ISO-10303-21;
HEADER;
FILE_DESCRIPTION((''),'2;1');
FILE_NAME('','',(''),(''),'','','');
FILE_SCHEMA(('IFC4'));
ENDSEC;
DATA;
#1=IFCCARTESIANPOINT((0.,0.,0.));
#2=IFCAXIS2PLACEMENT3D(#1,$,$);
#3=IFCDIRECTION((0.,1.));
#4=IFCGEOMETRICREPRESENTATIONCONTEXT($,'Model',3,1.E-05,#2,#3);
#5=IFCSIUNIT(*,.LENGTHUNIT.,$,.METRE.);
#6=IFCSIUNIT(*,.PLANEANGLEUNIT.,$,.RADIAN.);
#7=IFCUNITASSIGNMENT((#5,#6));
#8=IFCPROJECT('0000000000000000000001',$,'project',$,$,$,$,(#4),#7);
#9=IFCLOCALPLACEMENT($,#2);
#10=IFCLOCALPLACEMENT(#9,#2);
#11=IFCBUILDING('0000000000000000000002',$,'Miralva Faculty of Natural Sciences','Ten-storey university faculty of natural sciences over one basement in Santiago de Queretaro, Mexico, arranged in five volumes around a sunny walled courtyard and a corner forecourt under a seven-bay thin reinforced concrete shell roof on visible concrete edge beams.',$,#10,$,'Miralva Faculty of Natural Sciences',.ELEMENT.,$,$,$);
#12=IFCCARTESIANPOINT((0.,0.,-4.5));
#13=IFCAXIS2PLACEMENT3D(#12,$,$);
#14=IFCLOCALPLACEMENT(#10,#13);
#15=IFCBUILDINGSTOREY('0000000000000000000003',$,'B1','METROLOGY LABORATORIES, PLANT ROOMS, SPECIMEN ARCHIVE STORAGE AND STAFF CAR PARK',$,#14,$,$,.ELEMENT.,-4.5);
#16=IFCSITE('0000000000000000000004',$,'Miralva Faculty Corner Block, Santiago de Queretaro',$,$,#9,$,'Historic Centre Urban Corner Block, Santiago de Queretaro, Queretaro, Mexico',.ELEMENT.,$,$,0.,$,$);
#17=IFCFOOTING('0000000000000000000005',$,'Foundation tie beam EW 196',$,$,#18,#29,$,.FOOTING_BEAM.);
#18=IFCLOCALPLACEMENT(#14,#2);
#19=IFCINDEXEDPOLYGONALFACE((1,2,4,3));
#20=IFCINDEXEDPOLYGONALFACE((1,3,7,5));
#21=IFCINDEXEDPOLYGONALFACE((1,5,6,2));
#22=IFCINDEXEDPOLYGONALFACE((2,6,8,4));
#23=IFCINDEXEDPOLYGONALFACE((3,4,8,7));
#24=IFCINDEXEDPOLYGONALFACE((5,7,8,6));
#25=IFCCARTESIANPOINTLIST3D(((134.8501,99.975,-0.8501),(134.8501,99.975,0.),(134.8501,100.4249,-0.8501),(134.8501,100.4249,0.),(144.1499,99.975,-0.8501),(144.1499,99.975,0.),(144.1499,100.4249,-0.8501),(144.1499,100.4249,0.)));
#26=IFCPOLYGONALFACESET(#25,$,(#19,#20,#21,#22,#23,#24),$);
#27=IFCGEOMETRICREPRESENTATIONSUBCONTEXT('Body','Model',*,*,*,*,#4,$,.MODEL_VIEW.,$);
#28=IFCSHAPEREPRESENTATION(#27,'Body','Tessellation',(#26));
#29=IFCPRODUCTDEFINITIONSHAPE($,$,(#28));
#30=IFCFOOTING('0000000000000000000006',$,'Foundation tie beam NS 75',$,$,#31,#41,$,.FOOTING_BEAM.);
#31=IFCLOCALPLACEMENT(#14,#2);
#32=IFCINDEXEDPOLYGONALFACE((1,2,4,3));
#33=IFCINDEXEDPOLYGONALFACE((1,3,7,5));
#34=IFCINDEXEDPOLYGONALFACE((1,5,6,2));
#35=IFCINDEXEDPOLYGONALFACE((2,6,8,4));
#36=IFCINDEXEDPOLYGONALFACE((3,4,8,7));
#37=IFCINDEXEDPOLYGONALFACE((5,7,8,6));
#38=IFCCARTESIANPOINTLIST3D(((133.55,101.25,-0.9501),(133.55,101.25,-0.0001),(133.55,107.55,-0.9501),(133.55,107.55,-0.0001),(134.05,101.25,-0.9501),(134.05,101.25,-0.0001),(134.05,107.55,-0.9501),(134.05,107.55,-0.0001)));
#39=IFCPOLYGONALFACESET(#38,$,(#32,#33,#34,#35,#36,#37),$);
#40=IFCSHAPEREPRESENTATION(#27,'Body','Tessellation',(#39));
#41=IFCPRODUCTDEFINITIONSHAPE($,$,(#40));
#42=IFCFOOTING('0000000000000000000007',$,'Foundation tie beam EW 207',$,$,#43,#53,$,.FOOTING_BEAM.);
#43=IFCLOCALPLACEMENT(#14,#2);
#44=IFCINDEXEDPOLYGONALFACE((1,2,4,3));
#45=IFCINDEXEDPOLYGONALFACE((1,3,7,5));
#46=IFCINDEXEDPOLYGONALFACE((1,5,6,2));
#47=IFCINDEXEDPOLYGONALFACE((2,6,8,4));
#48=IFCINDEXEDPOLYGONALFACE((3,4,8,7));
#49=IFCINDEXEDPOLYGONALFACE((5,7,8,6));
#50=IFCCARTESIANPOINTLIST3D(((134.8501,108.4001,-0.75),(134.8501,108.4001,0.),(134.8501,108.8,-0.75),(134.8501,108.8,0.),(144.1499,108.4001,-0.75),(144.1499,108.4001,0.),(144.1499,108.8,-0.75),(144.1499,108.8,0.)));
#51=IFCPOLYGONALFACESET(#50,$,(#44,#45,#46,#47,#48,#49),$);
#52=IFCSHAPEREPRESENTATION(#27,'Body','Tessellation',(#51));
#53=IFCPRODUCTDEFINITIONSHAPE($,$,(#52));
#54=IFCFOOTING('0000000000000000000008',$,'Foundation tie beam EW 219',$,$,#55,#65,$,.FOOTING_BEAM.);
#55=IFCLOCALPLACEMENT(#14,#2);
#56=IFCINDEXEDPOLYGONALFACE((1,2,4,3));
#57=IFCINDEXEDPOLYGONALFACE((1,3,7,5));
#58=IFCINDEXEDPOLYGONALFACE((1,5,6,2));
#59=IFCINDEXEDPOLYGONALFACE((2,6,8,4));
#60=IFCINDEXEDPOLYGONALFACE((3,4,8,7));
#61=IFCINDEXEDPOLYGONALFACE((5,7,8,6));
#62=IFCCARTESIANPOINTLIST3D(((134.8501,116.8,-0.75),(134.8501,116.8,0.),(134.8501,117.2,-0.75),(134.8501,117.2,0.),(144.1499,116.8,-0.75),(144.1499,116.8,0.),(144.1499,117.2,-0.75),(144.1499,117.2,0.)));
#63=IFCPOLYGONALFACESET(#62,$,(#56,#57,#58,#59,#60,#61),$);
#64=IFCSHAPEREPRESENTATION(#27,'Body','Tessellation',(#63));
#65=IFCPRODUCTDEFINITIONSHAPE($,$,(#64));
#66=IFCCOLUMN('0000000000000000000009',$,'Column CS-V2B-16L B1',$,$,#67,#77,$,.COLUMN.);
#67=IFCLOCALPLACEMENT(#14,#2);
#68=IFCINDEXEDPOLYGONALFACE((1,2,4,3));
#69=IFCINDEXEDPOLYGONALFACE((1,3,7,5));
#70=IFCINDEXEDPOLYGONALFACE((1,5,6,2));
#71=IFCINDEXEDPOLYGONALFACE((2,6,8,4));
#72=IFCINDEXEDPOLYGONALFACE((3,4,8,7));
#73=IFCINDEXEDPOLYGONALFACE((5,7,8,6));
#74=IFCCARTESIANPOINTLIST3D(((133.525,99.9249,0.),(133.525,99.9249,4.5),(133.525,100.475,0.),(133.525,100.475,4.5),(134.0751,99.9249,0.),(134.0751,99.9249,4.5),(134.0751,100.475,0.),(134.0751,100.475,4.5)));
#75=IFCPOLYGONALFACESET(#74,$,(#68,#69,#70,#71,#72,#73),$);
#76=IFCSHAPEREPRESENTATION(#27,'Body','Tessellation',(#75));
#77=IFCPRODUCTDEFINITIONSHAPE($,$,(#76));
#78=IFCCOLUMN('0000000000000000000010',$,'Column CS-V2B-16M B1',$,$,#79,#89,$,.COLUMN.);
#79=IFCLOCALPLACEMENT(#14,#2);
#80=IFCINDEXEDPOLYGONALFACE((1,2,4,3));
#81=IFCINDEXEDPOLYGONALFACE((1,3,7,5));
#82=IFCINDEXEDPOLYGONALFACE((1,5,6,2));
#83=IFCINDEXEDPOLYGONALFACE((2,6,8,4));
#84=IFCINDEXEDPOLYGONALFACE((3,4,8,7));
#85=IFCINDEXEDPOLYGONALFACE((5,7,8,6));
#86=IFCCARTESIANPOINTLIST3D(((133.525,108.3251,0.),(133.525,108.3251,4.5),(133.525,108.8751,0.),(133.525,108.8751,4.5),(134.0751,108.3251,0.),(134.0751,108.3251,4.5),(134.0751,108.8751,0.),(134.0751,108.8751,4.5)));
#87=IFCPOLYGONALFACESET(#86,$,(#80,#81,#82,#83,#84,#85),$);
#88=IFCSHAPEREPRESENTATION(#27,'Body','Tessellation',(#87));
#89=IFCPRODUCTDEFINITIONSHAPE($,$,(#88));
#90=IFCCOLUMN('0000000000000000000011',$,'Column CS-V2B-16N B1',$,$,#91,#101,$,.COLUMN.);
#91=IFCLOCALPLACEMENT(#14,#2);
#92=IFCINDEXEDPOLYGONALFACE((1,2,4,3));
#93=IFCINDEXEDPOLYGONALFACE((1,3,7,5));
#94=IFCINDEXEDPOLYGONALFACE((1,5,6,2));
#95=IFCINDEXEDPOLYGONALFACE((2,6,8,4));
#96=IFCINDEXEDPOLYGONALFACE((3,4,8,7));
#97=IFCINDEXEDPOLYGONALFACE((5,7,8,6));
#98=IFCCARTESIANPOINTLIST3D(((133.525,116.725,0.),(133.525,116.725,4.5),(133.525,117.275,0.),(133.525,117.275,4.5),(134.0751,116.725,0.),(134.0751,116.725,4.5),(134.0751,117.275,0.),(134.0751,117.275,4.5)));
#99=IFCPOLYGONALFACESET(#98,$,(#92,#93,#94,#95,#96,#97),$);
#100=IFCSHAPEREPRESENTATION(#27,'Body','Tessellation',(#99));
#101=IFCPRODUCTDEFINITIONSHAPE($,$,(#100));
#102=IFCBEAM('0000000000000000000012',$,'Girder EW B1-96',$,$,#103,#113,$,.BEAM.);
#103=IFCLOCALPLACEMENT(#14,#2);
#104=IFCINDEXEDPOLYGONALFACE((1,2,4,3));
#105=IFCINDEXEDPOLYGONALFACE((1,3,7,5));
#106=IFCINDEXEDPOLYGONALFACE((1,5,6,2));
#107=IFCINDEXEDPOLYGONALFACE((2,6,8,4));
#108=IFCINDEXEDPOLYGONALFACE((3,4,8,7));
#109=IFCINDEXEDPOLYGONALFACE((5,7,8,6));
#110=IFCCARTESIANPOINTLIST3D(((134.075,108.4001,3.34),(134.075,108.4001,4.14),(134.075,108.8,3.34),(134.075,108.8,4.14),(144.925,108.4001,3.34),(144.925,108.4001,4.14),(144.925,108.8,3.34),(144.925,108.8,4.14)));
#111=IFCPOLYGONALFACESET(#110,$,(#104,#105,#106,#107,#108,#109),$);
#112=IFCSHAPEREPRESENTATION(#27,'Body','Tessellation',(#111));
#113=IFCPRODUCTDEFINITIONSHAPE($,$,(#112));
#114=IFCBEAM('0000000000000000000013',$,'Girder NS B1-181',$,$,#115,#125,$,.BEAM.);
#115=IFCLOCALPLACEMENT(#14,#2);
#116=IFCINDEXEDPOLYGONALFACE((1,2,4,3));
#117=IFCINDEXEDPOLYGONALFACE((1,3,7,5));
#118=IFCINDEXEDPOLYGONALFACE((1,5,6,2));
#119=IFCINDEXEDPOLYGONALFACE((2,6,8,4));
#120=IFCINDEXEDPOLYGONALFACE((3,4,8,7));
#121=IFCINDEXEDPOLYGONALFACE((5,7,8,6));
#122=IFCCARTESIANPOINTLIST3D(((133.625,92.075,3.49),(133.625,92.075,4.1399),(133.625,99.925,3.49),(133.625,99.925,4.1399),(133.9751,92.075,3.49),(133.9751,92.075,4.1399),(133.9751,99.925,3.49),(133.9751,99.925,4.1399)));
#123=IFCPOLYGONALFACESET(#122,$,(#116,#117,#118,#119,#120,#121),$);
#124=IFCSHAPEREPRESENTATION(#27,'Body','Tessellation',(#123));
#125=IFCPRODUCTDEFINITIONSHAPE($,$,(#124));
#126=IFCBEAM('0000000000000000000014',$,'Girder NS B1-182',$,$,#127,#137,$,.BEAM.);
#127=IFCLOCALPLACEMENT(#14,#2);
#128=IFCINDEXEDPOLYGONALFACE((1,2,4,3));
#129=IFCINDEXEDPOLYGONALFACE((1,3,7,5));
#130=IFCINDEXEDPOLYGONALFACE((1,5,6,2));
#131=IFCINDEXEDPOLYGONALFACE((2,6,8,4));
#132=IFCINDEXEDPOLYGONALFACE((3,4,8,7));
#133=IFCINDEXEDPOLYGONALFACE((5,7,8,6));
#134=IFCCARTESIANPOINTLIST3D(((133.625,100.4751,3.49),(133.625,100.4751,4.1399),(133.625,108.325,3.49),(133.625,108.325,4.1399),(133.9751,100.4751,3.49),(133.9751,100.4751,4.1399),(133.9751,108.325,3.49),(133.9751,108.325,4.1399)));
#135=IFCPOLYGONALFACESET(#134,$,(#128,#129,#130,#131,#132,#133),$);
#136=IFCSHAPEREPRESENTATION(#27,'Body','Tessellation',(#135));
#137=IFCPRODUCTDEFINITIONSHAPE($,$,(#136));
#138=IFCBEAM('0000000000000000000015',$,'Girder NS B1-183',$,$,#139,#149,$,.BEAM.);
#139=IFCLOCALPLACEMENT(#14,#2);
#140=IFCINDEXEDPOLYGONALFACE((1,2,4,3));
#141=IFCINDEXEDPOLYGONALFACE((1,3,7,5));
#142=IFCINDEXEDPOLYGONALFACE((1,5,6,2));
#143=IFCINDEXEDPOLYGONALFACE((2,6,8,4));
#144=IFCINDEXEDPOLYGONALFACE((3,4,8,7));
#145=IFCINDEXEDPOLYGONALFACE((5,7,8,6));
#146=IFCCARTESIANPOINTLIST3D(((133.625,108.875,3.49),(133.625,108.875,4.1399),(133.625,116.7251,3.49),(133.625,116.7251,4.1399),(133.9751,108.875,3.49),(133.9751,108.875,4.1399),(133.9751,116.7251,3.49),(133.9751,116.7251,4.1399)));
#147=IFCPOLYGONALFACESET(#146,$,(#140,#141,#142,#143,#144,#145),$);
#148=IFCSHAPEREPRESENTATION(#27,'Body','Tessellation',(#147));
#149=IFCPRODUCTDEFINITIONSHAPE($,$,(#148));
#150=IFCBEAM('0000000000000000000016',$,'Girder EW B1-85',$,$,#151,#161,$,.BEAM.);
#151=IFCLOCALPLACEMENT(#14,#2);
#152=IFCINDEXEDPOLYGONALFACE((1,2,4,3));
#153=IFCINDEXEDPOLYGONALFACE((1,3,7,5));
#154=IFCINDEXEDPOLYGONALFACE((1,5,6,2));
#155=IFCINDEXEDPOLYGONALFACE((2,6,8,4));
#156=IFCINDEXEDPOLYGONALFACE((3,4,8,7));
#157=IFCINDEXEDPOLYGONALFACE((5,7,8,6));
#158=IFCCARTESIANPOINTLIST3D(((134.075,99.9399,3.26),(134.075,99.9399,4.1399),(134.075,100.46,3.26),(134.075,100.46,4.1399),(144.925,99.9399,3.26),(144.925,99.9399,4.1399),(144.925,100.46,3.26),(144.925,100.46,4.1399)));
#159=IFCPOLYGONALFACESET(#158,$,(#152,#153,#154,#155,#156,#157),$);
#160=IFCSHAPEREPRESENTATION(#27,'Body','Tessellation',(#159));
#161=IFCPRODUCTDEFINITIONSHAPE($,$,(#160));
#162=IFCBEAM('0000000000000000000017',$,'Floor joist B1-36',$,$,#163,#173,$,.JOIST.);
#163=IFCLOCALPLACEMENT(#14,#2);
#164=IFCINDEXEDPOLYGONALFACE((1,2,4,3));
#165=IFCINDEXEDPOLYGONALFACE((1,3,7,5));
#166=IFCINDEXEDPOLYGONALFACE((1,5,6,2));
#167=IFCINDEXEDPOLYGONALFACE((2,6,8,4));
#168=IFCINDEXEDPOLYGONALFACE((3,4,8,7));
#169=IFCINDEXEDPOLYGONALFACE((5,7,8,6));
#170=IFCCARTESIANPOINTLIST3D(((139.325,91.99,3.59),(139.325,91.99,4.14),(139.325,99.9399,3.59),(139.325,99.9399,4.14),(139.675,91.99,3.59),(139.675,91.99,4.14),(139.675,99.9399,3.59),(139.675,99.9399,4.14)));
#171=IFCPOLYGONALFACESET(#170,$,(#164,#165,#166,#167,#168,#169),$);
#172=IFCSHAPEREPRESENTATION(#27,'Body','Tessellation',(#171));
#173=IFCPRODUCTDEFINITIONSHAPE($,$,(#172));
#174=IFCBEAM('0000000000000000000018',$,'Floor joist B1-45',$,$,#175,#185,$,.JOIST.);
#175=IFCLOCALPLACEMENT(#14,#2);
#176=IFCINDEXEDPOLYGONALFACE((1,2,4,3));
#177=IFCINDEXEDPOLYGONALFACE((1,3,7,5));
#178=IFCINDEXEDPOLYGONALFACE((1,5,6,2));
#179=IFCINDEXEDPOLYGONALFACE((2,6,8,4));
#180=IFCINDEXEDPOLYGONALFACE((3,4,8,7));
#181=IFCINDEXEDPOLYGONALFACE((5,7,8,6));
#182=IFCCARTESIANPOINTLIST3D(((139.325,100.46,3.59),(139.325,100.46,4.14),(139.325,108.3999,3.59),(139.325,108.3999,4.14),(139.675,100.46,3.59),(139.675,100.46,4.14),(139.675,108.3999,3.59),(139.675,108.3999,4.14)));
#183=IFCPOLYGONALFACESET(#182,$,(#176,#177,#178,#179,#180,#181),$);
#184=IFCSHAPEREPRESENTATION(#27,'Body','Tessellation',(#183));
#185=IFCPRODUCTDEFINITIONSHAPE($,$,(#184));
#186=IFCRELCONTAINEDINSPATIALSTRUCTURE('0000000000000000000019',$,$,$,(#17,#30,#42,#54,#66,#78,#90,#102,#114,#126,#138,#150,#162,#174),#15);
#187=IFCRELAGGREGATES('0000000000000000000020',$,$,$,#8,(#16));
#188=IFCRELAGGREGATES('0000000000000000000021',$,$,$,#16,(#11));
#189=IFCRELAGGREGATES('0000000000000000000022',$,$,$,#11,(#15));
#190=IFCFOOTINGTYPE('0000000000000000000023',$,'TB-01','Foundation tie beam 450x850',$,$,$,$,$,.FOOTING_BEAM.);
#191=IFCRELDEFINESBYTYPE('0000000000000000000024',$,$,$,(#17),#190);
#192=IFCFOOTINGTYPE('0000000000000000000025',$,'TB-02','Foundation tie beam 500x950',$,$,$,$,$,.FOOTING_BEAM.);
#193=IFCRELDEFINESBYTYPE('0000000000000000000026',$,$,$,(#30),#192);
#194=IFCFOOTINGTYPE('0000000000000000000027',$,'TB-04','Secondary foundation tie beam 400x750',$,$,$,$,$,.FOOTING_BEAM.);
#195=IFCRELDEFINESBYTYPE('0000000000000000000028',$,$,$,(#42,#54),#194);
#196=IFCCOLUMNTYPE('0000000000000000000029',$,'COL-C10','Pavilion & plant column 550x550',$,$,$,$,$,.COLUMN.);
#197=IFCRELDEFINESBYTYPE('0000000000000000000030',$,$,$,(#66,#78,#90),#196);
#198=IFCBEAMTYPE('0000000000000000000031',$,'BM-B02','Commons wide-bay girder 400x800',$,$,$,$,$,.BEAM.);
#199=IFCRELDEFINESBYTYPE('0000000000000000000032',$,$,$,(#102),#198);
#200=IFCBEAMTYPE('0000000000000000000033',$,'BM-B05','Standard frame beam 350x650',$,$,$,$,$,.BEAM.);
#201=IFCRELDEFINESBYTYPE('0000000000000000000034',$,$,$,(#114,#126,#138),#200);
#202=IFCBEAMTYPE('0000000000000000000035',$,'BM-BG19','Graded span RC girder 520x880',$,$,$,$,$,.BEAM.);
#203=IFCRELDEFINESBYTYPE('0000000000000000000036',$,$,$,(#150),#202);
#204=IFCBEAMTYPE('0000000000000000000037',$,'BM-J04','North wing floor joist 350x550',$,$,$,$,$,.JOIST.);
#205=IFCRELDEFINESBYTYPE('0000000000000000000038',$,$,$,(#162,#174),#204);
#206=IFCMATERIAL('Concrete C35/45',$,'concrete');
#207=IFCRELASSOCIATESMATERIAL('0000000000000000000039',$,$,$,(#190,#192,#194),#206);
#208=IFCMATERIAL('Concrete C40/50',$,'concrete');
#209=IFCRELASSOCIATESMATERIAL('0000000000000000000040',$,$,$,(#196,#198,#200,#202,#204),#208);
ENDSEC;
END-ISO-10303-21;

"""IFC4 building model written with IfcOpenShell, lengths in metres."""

from ifc_helpers import new_model, si_unit, direction, frame, origin, origin_2d, place, context, subcontext, project, spatial, rectangle, extrude, material, material_profile, profile_set, type_object, element, save


model = new_model("IFC4")

# Units and contexts
model_context = context("Model", 3, precision=1e-05, world=origin(), true_north=direction((0.0, 1.0)))
body_context = subcontext(model_context, "Body", "Model", "MODEL_VIEW")
ifc_project = project(units=[si_unit("LENGTHUNIT", "METRE"), si_unit("PLANEANGLEUNIT", "RADIAN")], contexts=[model_context])

# Site, building, storey
site_placement = place(None, origin())
site = spatial("IfcSite", under=ifc_project, at=site_placement, Name="Miralva Faculty Corner Block, Santiago de Queretaro", LongName="Historic Centre Urban Corner Block, Santiago de Queretaro, Queretaro, Mexico", CompositionType="ELEMENT", RefElevation=0.0)
building_placement = place(site_placement, origin())
building = spatial("IfcBuilding", under=site, at=building_placement, Name="Miralva Faculty of Natural Sciences", Description="Ten-storey university faculty of natural sciences over one basement in Santiago de Queretaro, Mexico, arranged in five volumes around a sunny walled courtyard and a corner forecourt under a seven-bay thin reinforced concrete shell roof on visible concrete edge beams.", LongName="Miralva Faculty of Natural Sciences", CompositionType="ELEMENT")
storey_placement = place(building_placement, frame((0.0, 0.0, -4.5)))
storey = spatial("IfcBuildingStorey", under=building, at=storey_placement, Name="B1", Description="METROLOGY LABORATORIES, PLANT ROOMS, SPECIMEN ARCHIVE STORAGE AND STAFF CAR PARK", CompositionType="ELEMENT", Elevation=-4.5)

# Shared definitions
ifc_material_1 = material(Name="Concrete C35/45", Category="concrete")

# Footings
ifc_material_profile_1 = material_profile(ifc_material_1, rectangle(XDim=0.45, YDim=0.8501, at=origin_2d()), Name="RC 450x850")
ifc_profile_set_1 = profile_set([ifc_material_profile_1], Name="Concrete C35/45")
footing_type_1 = type_object("IfcFootingType", Name="TB-01", Description="Foundation tie beam 450x850", PredefinedType="FOOTING_BEAM", material=ifc_profile_set_1)
for number, where, z_axis, x_axis, name in (
    (1, (134.8501, 100.2, -0.425), (1.0, 0.0, 0.0), (0.0, 1.0, 0.0), "Foundation tie beam EW 196"),
):
    element("IfcFooting", number, at=place(storey_placement, frame(where, z_axis=z_axis, x_axis=x_axis)), inside=storey, type_object=footing_type_1, Name=name, PredefinedType="FOOTING_BEAM", context=body_context, shape_type="SweptSolid", body=[
        extrude(rectangle(XDim=0.45, YDim=0.8501, at=origin_2d()), origin(), (0.0, 0.0, 1.0), 9.2998),
    ])
ifc_material_profile_2 = material_profile(ifc_material_1, rectangle(XDim=0.5, YDim=0.95, at=origin_2d()), Name="RC 500x950")
ifc_profile_set_2 = profile_set([ifc_material_profile_2], Name="Concrete C35/45")
footing_type_2 = type_object("IfcFootingType", Name="TB-02", Description="Foundation tie beam 500x950", PredefinedType="FOOTING_BEAM", material=ifc_profile_set_2)
footing_1_placement = place(storey_placement, frame((133.8, 101.25, -0.4751), z_axis=(0.0, 1.0, 0.0), x_axis=(-1.0, 0.0, 0.0)))
element("IfcFooting", 2, at=footing_1_placement, inside=storey, type_object=footing_type_2, Name="Foundation tie beam NS 75", PredefinedType="FOOTING_BEAM", context=body_context, shape_type="SweptSolid", body=[
    extrude(rectangle(XDim=0.5, YDim=0.95, at=origin_2d()), origin(), (0.0, 0.0, 1.0), 6.3),
])
ifc_material_profile_3 = material_profile(ifc_material_1, rectangle(XDim=0.3999, YDim=0.75, at=origin_2d()), Name="RC 400x750")
ifc_profile_set_3 = profile_set([ifc_material_profile_3], Name="Concrete C35/45")
footing_type_3 = type_object("IfcFootingType", Name="TB-04", Description="Secondary foundation tie beam 400x750", PredefinedType="FOOTING_BEAM", material=ifc_profile_set_3)
for number, where, z_axis, x_axis, name in (
    (3, (134.8501, 108.6001, -0.375), (1.0, 0.0, 0.0), (0.0, 1.0, 0.0), "Foundation tie beam EW 207"),
    (4, (134.8501, 117.0, -0.375), (1.0, 0.0, 0.0), (0.0, 1.0, 0.0), "Foundation tie beam EW 219"),
):
    element("IfcFooting", number, at=place(storey_placement, frame(where, z_axis=z_axis, x_axis=x_axis)), inside=storey, type_object=footing_type_3, Name=name, PredefinedType="FOOTING_BEAM", context=body_context, shape_type="SweptSolid", body=[
        extrude(rectangle(XDim=0.3999, YDim=0.75, at=origin_2d()), origin(), (0.0, 0.0, 1.0), 9.2998),
    ])

# Columns
ifc_material_2 = material(Name="Concrete C40/50", Category="concrete")
ifc_material_profile_4 = material_profile(ifc_material_2, rectangle(XDim=0.55, YDim=0.55, at=origin_2d()), Name="RC 550x550")
ifc_profile_set_4 = profile_set([ifc_material_profile_4], Name="Concrete C40/50")
column_type = type_object("IfcColumnType", Name="COL-C10", Description="Pavilion & plant column 550x550", PredefinedType="COLUMN", material=ifc_profile_set_4)
for number, where, z_axis, x_axis, name in (
    (5, (133.8, 100.2, 0.0), (0.0, 0.0, 1.0), (1.0, 0.0, 0.0), "Column CS-V2B-16L B1"),
    (6, (133.8, 108.6001, 0.0), (0.0, 0.0, 1.0), (1.0, 0.0, 0.0), "Column CS-V2B-16M B1"),
    (7, (133.8, 117.0, 0.0), (0.0, 0.0, 1.0), (1.0, 0.0, 0.0), "Column CS-V2B-16N B1"),
):
    element("IfcColumn", number, at=place(storey_placement, frame(where, z_axis=z_axis, x_axis=x_axis)), inside=storey, type_object=column_type, Name=name, PredefinedType="COLUMN", context=body_context, shape_type="SweptSolid", body=[
        extrude(rectangle(XDim=0.55, YDim=0.55, at=origin_2d()), origin(), (0.0, 0.0, 1.0), 4.5),
    ])

# Beams
ifc_material_profile_5 = material_profile(ifc_material_2, rectangle(XDim=0.3999, YDim=0.8, at=origin_2d()), Name="RC 400x800")
ifc_profile_set_5 = profile_set([ifc_material_profile_5], Name="Concrete C40/50")
beam_type_1 = type_object("IfcBeamType", Name="BM-B02", Description="Commons wide-bay girder 400x800", PredefinedType="BEAM", material=ifc_profile_set_5)
beam_1_placement = place(storey_placement, frame((134.075, 108.6001, 3.74), z_axis=(1.0, 0.0, 0.0), x_axis=(0.0, 1.0, 0.0)))
element("IfcBeam", 8, at=beam_1_placement, inside=storey, type_object=beam_type_1, Name="Girder EW B1-96", PredefinedType="BEAM", context=body_context, shape_type="SweptSolid", body=[
    extrude(rectangle(XDim=0.3999, YDim=0.8, at=origin_2d()), origin(), (0.0, 0.0, 1.0), 10.8501),
])
ifc_material_profile_6 = material_profile(ifc_material_2, rectangle(XDim=0.3501, YDim=0.6499, at=origin_2d()), Name="RC 350x650")
ifc_profile_set_6 = profile_set([ifc_material_profile_6], Name="Concrete C40/50")
beam_type_2 = type_object("IfcBeamType", Name="BM-B05", Description="Standard frame beam 350x650", PredefinedType="BEAM", material=ifc_profile_set_6)
beam_2_placement = place(storey_placement, frame((133.8, 92.075, 3.8149), z_axis=(0.0, 1.0, 0.0), x_axis=(-1.0, 0.0, 0.0)))
element("IfcBeam", 9, at=beam_2_placement, inside=storey, type_object=beam_type_2, Name="Girder NS B1-181", PredefinedType="BEAM", context=body_context, shape_type="SweptSolid", body=[
    extrude(rectangle(XDim=0.3501, YDim=0.6499, at=origin_2d()), origin(), (0.0, 0.0, 1.0), 7.8501),
])
beam_3_placement = place(storey_placement, frame((133.8, 100.4751, 3.8149), z_axis=(0.0, 1.0, 0.0), x_axis=(-1.0, 0.0, 0.0)))
element("IfcBeam", 10, at=beam_3_placement, inside=storey, type_object=beam_type_2, Name="Girder NS B1-182", PredefinedType="BEAM", context=body_context, shape_type="SweptSolid", body=[
    extrude(rectangle(XDim=0.3501, YDim=0.6499, at=origin_2d()), origin(), (0.0, 0.0, 1.0), 7.8499),
])
beam_4_placement = place(storey_placement, frame((133.8, 108.875, 3.8149), z_axis=(0.0, 1.0, 0.0), x_axis=(-1.0, 0.0, 0.0)))
element("IfcBeam", 11, at=beam_4_placement, inside=storey, type_object=beam_type_2, Name="Girder NS B1-183", PredefinedType="BEAM", context=body_context, shape_type="SweptSolid", body=[
    extrude(rectangle(XDim=0.3501, YDim=0.6499, at=origin_2d()), origin(), (0.0, 0.0, 1.0), 7.8501),
])
ifc_material_profile_7 = material_profile(ifc_material_2, rectangle(XDim=0.52, YDim=0.8799, at=origin_2d()), Name="RC 520x880")
ifc_profile_set_7 = profile_set([ifc_material_profile_7], Name="Concrete C40/50")
beam_type_3 = type_object("IfcBeamType", Name="BM-BG19", Description="Graded span RC girder 520x880", PredefinedType="BEAM", material=ifc_profile_set_7)
beam_5_placement = place(storey_placement, frame((134.075, 100.2, 3.7), z_axis=(1.0, 0.0, 0.0), x_axis=(0.0, 1.0, 0.0)))
element("IfcBeam", 12, at=beam_5_placement, inside=storey, type_object=beam_type_3, Name="Girder EW B1-85", PredefinedType="BEAM", context=body_context, shape_type="SweptSolid", body=[
    extrude(rectangle(XDim=0.52, YDim=0.8799, at=origin_2d()), origin(), (0.0, 0.0, 1.0), 10.8501),
])
ifc_material_profile_8 = material_profile(ifc_material_2, rectangle(XDim=0.3501, YDim=0.55, at=origin_2d()), Name="RC 350x550")
ifc_profile_set_8 = profile_set([ifc_material_profile_8], Name="Concrete C40/50")
beam_type_4 = type_object("IfcBeamType", Name="BM-J04", Description="North wing floor joist 350x550", PredefinedType="JOIST", material=ifc_profile_set_8)
beam_6_placement = place(storey_placement, frame((139.5, 91.99, 3.865), z_axis=(0.0, 1.0, 0.0), x_axis=(-1.0, 0.0, 0.0)))
element("IfcBeam", 13, at=beam_6_placement, inside=storey, type_object=beam_type_4, Name="Floor joist B1-36", PredefinedType="JOIST", context=body_context, shape_type="SweptSolid", body=[
    extrude(rectangle(XDim=0.3501, YDim=0.55, at=origin_2d()), origin(), (0.0, 0.0, 1.0), 7.95),
])
beam_7_placement = place(storey_placement, frame((139.5, 100.46, 3.865), z_axis=(0.0, 1.0, 0.0), x_axis=(-1.0, 0.0, 0.0)))
element("IfcBeam", 14, at=beam_7_placement, inside=storey, type_object=beam_type_4, Name="Floor joist B1-45", PredefinedType="JOIST", context=body_context, shape_type="SweptSolid", body=[
    extrude(rectangle(XDim=0.3501, YDim=0.55, at=origin_2d()), origin(), (0.0, 0.0, 1.0), 7.9399),
])

save(model, "model.ifc")
